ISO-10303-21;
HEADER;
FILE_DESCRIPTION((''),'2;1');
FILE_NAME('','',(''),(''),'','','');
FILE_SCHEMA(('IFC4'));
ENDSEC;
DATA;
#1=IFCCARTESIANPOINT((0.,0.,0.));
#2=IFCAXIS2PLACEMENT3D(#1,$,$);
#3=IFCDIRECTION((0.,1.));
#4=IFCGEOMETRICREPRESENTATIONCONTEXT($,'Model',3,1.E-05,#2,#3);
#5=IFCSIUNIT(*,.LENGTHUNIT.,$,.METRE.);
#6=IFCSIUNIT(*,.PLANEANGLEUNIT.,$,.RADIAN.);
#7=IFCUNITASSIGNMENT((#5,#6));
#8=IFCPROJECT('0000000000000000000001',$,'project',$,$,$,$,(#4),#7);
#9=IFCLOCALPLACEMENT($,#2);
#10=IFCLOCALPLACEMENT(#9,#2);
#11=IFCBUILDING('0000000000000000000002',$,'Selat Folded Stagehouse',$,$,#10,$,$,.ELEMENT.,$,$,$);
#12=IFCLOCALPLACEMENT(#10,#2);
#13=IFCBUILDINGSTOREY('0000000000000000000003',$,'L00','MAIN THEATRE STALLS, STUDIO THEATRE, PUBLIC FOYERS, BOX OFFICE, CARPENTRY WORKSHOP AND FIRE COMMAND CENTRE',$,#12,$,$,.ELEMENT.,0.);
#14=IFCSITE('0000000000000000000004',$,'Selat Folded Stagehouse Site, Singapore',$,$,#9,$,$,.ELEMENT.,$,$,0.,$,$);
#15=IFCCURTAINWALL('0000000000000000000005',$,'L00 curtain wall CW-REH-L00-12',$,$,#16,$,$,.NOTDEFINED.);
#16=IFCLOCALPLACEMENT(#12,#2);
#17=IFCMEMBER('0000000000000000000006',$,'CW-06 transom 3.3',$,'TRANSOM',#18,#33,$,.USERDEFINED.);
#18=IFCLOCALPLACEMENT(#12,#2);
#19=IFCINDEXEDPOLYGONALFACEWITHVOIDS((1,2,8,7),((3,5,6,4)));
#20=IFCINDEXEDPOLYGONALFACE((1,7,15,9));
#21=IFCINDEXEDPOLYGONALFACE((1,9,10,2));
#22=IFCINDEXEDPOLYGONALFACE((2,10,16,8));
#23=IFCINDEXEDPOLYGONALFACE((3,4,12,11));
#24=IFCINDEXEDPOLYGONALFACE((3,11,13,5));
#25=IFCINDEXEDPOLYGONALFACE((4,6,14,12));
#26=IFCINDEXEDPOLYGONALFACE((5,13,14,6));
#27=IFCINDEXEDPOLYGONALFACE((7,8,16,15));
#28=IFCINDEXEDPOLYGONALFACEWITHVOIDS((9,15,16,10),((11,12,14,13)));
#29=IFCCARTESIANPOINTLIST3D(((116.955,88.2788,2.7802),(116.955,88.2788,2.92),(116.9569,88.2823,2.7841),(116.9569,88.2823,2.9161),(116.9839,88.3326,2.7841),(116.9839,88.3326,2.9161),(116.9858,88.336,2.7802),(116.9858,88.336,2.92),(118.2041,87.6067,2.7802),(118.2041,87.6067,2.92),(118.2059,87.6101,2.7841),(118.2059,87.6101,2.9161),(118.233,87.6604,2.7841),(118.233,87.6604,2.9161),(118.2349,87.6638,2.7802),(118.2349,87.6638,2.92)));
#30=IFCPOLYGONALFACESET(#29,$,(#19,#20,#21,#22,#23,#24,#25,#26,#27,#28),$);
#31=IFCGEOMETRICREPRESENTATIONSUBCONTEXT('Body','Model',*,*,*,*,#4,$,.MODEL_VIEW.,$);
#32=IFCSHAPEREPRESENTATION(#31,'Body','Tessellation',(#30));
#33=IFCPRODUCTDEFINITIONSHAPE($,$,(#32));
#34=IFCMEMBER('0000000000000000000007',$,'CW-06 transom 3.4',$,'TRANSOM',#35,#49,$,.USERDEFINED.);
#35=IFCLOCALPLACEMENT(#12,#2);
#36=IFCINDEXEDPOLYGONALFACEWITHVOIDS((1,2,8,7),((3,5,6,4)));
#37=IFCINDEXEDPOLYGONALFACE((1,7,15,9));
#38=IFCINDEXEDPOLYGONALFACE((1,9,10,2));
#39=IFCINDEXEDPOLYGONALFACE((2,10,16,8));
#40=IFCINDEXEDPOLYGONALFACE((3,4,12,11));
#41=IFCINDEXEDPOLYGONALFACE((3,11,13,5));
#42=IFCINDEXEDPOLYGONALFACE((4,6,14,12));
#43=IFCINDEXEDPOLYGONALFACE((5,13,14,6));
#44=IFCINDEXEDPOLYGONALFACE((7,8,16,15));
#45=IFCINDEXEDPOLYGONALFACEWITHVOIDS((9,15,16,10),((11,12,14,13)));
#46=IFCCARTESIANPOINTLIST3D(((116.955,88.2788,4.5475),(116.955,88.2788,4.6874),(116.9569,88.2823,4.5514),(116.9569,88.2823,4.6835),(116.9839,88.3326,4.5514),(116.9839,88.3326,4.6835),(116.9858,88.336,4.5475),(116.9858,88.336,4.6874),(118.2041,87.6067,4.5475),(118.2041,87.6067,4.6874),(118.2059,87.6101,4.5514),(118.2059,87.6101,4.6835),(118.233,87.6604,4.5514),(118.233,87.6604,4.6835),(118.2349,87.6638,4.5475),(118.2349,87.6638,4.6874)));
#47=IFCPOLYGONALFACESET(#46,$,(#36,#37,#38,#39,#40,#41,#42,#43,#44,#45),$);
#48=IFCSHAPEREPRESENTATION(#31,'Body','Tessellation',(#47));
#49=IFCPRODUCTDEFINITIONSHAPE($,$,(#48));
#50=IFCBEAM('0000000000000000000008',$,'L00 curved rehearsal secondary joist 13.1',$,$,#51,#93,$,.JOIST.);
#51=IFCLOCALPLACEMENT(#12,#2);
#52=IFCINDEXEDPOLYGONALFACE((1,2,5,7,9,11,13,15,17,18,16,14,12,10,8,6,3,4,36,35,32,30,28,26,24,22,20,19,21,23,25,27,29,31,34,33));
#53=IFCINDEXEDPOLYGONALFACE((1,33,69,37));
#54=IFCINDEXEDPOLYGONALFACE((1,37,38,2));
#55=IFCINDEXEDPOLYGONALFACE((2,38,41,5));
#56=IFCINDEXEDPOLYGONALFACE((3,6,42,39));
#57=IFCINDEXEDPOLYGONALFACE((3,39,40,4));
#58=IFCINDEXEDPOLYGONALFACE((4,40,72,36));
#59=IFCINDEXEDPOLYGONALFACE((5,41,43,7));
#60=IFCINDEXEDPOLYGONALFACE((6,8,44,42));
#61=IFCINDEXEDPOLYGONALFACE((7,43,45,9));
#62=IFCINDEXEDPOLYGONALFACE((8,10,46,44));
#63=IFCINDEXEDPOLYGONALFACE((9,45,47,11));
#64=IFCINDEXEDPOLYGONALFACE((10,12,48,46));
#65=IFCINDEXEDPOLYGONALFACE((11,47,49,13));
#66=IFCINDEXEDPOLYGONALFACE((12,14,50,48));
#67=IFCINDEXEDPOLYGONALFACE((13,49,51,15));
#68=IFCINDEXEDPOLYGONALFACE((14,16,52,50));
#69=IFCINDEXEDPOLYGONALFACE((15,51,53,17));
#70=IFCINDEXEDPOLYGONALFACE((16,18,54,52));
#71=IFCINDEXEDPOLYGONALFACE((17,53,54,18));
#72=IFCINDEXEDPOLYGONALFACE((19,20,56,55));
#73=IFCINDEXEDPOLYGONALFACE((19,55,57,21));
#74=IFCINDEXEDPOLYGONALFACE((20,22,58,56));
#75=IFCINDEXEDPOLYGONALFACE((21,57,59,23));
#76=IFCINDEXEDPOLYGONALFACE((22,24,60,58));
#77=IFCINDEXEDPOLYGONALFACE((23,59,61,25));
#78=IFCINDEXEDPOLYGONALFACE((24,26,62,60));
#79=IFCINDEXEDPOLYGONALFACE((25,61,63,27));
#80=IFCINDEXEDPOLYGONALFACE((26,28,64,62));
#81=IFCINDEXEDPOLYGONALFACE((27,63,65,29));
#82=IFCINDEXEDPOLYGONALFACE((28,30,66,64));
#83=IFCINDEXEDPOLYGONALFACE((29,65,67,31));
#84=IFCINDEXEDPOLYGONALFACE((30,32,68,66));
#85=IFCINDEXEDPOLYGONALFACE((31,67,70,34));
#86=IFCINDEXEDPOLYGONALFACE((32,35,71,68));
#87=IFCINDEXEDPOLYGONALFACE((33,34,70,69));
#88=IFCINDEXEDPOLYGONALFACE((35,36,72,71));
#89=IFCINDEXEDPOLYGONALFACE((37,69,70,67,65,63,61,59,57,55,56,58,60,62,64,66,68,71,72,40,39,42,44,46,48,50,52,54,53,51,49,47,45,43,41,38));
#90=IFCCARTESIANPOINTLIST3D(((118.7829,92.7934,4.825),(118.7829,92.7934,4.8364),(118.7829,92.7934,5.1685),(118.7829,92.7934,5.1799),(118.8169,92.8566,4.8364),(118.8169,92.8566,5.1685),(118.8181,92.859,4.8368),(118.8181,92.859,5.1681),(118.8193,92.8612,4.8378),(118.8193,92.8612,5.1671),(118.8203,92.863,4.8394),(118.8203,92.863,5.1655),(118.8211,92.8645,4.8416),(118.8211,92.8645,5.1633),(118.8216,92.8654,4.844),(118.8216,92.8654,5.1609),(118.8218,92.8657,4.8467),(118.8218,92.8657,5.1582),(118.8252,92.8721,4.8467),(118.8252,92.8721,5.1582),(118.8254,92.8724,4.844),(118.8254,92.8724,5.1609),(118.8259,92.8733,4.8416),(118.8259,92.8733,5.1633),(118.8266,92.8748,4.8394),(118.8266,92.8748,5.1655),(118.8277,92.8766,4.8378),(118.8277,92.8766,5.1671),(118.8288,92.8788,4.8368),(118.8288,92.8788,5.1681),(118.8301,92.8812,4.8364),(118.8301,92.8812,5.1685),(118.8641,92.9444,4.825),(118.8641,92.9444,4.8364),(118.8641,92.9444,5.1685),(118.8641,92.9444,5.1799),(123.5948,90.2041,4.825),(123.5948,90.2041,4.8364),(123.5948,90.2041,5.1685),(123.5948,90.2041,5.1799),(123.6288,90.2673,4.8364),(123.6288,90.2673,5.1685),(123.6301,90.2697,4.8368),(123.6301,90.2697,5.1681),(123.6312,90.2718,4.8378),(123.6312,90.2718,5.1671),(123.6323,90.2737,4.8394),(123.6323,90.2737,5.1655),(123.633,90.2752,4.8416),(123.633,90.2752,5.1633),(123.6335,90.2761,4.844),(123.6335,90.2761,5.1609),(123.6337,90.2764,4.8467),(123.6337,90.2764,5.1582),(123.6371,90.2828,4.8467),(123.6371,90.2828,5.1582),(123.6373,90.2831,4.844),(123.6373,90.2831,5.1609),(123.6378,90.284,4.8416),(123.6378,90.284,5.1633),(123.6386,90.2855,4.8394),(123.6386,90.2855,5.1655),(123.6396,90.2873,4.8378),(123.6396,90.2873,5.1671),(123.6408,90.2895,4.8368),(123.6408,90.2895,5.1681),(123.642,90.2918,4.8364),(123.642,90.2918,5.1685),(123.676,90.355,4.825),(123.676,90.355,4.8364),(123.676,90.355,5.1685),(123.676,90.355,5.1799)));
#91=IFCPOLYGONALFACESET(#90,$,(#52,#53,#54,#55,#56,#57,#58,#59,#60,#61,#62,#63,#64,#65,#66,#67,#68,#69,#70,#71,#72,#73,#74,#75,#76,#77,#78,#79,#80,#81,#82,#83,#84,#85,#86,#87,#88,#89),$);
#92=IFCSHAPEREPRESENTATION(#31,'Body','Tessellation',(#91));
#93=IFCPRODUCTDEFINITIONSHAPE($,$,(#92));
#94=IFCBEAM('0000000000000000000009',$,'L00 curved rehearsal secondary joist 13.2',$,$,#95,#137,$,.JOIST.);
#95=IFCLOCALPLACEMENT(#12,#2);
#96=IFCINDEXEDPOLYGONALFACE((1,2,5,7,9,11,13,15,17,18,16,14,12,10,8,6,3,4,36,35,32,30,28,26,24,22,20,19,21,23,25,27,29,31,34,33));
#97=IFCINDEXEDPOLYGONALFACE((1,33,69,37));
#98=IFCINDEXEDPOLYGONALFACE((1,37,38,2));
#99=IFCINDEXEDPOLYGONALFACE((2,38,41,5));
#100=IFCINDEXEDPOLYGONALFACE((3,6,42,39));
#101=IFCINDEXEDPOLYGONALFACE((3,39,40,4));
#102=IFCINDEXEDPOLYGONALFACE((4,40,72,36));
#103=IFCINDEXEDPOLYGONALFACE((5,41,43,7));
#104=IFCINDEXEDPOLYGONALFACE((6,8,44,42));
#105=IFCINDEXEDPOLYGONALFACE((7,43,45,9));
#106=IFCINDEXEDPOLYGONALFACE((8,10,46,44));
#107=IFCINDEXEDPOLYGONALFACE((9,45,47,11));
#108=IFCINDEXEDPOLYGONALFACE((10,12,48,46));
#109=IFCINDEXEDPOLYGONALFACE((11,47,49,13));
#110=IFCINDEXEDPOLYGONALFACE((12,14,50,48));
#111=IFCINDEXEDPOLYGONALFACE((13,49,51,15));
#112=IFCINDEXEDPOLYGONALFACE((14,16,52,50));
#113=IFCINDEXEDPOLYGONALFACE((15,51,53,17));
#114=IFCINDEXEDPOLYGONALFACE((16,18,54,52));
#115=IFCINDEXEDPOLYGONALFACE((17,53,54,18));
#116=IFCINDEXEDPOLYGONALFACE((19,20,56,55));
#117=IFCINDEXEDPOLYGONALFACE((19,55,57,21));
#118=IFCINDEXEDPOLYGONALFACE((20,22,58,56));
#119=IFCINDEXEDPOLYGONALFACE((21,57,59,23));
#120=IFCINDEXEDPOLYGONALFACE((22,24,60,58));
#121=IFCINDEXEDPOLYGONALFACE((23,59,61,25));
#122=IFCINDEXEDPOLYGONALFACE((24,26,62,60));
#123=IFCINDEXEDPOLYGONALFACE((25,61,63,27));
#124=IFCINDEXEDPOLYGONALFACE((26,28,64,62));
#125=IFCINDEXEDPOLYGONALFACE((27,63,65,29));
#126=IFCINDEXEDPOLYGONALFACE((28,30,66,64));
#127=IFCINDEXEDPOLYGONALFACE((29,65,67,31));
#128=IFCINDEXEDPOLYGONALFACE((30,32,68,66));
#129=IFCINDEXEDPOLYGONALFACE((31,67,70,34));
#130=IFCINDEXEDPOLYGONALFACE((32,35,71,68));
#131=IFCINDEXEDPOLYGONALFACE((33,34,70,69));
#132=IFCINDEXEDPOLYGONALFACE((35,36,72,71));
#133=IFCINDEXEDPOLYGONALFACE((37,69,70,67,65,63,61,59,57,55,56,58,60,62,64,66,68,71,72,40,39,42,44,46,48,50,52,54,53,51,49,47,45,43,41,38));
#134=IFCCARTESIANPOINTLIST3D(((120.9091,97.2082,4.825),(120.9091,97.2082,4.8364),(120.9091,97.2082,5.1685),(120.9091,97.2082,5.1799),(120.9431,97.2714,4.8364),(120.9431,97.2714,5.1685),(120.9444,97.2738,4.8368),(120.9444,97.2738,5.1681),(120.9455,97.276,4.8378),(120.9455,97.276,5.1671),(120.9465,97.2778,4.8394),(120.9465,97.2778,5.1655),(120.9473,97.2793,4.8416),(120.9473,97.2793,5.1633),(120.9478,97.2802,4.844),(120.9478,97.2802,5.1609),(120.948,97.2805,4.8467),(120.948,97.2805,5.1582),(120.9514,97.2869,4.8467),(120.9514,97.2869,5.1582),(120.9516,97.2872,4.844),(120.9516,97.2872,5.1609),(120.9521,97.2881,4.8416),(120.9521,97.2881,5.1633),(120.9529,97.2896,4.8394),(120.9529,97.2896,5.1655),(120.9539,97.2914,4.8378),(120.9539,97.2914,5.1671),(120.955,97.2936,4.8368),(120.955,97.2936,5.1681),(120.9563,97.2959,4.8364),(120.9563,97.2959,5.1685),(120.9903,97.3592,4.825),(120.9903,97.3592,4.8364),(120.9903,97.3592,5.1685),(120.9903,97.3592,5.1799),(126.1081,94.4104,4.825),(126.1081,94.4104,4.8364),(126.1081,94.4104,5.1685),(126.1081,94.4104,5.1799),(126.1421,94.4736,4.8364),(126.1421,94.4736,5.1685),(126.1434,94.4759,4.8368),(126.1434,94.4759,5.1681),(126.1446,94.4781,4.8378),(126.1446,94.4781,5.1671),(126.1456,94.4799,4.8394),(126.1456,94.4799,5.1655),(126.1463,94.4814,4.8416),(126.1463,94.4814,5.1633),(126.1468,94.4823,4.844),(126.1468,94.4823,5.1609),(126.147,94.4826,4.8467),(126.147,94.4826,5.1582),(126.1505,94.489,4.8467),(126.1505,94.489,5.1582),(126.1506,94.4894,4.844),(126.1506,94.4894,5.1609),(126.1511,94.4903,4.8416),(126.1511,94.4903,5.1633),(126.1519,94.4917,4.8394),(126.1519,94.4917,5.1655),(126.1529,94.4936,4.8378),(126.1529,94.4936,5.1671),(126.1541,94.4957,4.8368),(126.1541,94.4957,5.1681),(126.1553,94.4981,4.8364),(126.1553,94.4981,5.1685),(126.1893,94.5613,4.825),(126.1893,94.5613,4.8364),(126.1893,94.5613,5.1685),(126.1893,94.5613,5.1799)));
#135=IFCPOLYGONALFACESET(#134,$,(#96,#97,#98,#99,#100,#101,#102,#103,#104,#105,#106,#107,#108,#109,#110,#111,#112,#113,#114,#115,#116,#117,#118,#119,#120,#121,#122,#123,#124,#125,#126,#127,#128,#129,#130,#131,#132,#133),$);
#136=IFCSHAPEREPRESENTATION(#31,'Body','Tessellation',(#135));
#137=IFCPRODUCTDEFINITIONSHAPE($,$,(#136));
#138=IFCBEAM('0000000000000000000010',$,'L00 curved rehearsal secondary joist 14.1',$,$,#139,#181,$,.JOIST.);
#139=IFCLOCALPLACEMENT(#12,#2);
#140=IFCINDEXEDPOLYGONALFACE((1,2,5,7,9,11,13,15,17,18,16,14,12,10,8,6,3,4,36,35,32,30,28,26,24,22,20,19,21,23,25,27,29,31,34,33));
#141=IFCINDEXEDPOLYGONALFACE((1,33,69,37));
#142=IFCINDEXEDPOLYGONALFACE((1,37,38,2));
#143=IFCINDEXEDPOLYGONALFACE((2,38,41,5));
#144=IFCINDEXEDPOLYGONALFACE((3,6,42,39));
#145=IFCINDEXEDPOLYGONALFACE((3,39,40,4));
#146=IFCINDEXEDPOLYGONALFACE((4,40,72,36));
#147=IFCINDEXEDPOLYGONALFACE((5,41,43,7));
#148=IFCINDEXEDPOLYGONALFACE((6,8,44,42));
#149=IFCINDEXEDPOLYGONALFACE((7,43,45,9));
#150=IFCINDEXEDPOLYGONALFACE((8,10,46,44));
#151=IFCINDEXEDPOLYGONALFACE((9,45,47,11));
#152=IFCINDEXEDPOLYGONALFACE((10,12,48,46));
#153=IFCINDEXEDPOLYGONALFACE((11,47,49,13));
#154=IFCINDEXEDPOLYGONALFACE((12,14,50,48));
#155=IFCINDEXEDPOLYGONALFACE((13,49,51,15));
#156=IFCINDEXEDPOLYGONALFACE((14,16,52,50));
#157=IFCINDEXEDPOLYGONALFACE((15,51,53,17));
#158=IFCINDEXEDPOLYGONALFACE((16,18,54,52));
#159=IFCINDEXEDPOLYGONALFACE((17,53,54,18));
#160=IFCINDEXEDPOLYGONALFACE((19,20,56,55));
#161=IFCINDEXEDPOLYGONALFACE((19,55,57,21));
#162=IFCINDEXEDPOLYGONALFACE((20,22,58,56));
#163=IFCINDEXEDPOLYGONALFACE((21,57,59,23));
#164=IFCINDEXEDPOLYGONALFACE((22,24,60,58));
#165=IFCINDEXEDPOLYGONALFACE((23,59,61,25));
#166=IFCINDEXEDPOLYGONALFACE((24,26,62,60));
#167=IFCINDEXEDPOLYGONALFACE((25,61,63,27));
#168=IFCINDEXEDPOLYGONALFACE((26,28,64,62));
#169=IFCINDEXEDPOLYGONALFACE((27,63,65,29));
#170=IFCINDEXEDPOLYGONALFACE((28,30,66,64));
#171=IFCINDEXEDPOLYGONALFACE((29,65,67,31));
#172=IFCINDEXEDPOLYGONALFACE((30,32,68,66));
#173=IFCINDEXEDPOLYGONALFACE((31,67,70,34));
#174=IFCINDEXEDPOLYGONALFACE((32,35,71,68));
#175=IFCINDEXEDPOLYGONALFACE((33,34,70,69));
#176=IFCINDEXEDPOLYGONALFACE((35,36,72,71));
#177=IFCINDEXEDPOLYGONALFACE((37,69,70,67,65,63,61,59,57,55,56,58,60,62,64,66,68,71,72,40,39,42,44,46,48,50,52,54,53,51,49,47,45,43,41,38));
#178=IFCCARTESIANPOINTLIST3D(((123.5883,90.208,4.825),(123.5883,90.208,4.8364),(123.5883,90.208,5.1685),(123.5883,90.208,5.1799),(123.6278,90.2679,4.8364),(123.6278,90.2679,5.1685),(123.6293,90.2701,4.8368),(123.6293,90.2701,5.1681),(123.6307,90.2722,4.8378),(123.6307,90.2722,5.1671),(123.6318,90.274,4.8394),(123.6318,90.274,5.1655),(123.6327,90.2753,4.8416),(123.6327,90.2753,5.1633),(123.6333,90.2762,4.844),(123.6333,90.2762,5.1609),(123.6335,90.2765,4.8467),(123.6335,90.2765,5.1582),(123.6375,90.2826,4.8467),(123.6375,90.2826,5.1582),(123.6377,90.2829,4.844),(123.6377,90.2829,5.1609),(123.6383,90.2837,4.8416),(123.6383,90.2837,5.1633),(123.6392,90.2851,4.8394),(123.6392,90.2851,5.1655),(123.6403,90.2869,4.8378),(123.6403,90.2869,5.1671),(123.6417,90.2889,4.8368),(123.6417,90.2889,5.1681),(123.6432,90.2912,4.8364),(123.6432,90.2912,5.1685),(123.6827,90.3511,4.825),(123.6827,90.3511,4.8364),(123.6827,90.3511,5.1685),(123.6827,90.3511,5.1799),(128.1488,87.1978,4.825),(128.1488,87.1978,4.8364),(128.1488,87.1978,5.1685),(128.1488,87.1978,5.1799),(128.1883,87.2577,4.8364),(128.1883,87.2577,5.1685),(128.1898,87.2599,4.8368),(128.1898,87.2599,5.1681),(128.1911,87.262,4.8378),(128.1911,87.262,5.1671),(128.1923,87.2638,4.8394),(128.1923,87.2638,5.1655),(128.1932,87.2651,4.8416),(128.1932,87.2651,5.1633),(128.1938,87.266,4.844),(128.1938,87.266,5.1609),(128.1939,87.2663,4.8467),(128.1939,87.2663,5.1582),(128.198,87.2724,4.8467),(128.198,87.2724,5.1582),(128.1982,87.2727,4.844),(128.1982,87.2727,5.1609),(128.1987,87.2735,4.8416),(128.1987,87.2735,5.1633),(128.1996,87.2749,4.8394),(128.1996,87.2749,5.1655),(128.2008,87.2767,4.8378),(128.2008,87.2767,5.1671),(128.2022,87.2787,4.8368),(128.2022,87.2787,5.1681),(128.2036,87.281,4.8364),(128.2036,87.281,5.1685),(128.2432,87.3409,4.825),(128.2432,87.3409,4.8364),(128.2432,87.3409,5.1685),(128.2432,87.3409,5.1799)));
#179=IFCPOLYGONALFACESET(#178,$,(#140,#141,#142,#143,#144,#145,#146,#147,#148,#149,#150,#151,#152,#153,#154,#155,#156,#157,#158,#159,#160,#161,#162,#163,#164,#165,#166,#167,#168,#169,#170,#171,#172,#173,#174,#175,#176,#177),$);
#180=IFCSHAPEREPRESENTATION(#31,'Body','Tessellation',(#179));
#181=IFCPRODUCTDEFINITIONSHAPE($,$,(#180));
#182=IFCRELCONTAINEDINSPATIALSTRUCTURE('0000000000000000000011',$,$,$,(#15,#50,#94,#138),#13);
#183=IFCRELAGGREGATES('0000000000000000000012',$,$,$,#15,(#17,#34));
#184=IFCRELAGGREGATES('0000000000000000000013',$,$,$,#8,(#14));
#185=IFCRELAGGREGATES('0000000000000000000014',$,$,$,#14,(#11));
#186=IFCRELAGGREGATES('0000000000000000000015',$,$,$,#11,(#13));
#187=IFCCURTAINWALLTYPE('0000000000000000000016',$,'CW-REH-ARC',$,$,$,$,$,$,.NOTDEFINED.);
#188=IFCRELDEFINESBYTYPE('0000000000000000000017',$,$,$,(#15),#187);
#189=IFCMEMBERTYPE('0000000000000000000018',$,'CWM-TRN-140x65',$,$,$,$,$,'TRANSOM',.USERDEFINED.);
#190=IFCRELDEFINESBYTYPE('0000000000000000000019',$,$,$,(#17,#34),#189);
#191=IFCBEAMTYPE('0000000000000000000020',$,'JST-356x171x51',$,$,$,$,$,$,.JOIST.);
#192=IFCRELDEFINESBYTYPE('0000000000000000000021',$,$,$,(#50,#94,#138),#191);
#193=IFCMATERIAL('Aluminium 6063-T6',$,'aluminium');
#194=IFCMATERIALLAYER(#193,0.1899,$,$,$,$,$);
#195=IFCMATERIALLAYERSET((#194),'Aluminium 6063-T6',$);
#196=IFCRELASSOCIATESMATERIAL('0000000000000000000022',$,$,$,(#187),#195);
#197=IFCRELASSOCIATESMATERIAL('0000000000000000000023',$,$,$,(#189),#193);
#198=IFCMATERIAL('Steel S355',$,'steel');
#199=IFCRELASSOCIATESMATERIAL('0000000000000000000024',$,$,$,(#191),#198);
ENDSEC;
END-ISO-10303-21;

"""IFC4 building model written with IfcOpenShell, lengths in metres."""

from ifc_helpers import new_model, si_unit, direction, frame, origin, origin_2d, place, context, subcontext, project, spatial, hollow_rectangle, i_section, extrude, material, layer, layer_set, material_profile, profile_set, type_object, element, aggregate, save


model = new_model("IFC4")

# Units and contexts
model_context = context("Model", 3, precision=1e-05, world=origin(), true_north=direction((0.0, 1.0)))
body_context = subcontext(model_context, "Body", "Model", "MODEL_VIEW")
ifc_project = project(units=[si_unit("LENGTHUNIT", "METRE"), si_unit("PLANEANGLEUNIT", "RADIAN")], contexts=[model_context])

# Site, building, storey
site_placement = place(None, origin())
site = spatial("IfcSite", under=ifc_project, at=site_placement, Name="Selat Folded Stagehouse Site, Singapore", CompositionType="ELEMENT", RefElevation=0.0)
building_placement = place(site_placement, origin())
building = spatial("IfcBuilding", under=site, at=building_placement, Name="Selat Folded Stagehouse", CompositionType="ELEMENT")
storey_placement = place(building_placement, origin())
storey = spatial("IfcBuildingStorey", under=building, at=storey_placement, Name="L00", Description="MAIN THEATRE STALLS, STUDIO THEATRE, PUBLIC FOYERS, BOX OFFICE, CARPENTRY WORKSHOP AND FIRE COMMAND CENTRE", CompositionType="ELEMENT", Elevation=0.0)

# Shared definitions
ifc_material_1 = material(Name="Steel S355", Category="steel")

# Shared definitions
ifc_material_2 = material(Name="Aluminium 6063-T6", Category="aluminium")
ifc_layer_1 = layer(ifc_material_2, 0.1899)
ifc_layer_set_1 = layer_set([ifc_layer_1], Name="Aluminium 6063-T6")
curtain_wall_type = type_object("IfcCurtainWallType", Name="CW-REH-ARC", PredefinedType="NOTDEFINED", material=ifc_layer_set_1)

# Curtain wall, members
curtain_wall_1_placement = place(storey_placement, origin())
curtain_wall_1 = element("IfcCurtainWall", 1, at=curtain_wall_1_placement, inside=storey, type_object=curtain_wall_type, Name="L00 curtain wall CW-REH-L00-12", PredefinedType="NOTDEFINED")
ifc_material_profile_1 = material_profile(ifc_material_2, hollow_rectangle(XDim=0.0649, YDim=0.1399, WallThickness=0.0039, at=origin_2d()), Name="ALU 140x65x4.0")
ifc_profile_set_1 = profile_set([ifc_material_profile_1], Name="Aluminium 6063-T6")
member_type_1 = type_object("IfcMemberType", Name="CWM-TRN-140x65", ElementType="TRANSOM", PredefinedType="USERDEFINED", material=ifc_profile_set_1)
member_1_placement = place(storey_placement, frame((118.2195, 87.6353, 2.8501), z_axis=(-0.880598, 0.473864, 0.0), x_axis=(-0.473864, -0.880598, 0.0)))
member_1 = element("IfcMember", 2, at=member_1_placement, type_object=member_type_1, Name="CW-06 transom 3.3", ObjectType="TRANSOM", PredefinedType="USERDEFINED", context=body_context, shape_type="SweptSolid", body=[
    extrude(hollow_rectangle(XDim=0.0649, YDim=0.1399, WallThickness=0.0039, at=origin_2d()), origin(), (0.0, 0.0, 1.0), 1.4185),
])
member_2_placement = place(storey_placement, frame((118.2195, 87.6353, 4.6174), z_axis=(-0.880598, 0.473864, 0.0), x_axis=(-0.473864, -0.880598, 0.0)))
member_2 = element("IfcMember", 3, at=member_2_placement, type_object=member_type_1, Name="CW-06 transom 3.4", ObjectType="TRANSOM", PredefinedType="USERDEFINED", context=body_context, shape_type="SweptSolid", body=[
    extrude(hollow_rectangle(XDim=0.0649, YDim=0.1399, WallThickness=0.0039, at=origin_2d()), origin(), (0.0, 0.0, 1.0), 1.4185),
])

# Beams
ifc_material_profile_2 = material_profile(ifc_material_1, i_section(OverallWidth=0.1714, OverallDepth=0.355, WebThickness=0.0073, FlangeThickness=0.0115, FilletRadius=0.0103, at=origin_2d()), Name="UKB 356x171x51")
ifc_profile_set_2 = profile_set([ifc_material_profile_2], Name="Steel S355")
beam_type_1 = type_object("IfcBeamType", Name="JST-356x171x51", PredefinedType="JOIST", material=ifc_profile_set_2)
beam_1_placement = place(storey_placement, frame((118.8235, 92.8689, 5.0024), z_axis=(0.880603, -0.473855, 0.0), x_axis=(0.473855, 0.880603, 0.0)))
element("IfcBeam", 4, at=beam_1_placement, inside=storey, type_object=beam_type_1, Name="L00 curved rehearsal secondary joist 13.1", PredefinedType="JOIST", context=body_context, shape_type="SweptSolid", body=[
    extrude(i_section(OverallWidth=0.1714, OverallDepth=0.355, WebThickness=0.0073, FlangeThickness=0.0115, FilletRadius=0.0103, at=origin_2d()), origin(), (0.0, 0.0, 1.0), 5.4644),
])
beam_2_placement = place(storey_placement, frame((120.9497, 97.2837, 5.0024), z_axis=(0.880584, -0.47389, 0.0), x_axis=(0.47389, 0.880584, 0.0)))
element("IfcBeam", 5, at=beam_2_placement, inside=storey, type_object=beam_type_1, Name="L00 curved rehearsal secondary joist 13.2", PredefinedType="JOIST", context=body_context, shape_type="SweptSolid", body=[
    extrude(i_section(OverallWidth=0.1714, OverallDepth=0.355, WebThickness=0.0073, FlangeThickness=0.0115, FilletRadius=0.0103, at=origin_2d()), origin(), (0.0, 0.0, 1.0), 5.9041),
])
beam_3_placement = place(storey_placement, frame((123.6355, 90.2795, 5.0024), z_axis=(0.834585, -0.55088, 0.0), x_axis=(0.55088, 0.834585, 0.0)))
element("IfcBeam", 6, at=beam_3_placement, inside=storey, type_object=beam_type_1, Name="L00 curved rehearsal secondary joist 14.1", PredefinedType="JOIST", context=body_context, shape_type="SweptSolid", body=[
    extrude(i_section(OverallWidth=0.1714, OverallDepth=0.355, WebThickness=0.0073, FlangeThickness=0.0115, FilletRadius=0.0103, at=origin_2d()), origin(), (0.0, 0.0, 1.0), 5.4644),
])

aggregate(curtain_wall_1, [member_1, member_2])

save(model, "model.ifc")
